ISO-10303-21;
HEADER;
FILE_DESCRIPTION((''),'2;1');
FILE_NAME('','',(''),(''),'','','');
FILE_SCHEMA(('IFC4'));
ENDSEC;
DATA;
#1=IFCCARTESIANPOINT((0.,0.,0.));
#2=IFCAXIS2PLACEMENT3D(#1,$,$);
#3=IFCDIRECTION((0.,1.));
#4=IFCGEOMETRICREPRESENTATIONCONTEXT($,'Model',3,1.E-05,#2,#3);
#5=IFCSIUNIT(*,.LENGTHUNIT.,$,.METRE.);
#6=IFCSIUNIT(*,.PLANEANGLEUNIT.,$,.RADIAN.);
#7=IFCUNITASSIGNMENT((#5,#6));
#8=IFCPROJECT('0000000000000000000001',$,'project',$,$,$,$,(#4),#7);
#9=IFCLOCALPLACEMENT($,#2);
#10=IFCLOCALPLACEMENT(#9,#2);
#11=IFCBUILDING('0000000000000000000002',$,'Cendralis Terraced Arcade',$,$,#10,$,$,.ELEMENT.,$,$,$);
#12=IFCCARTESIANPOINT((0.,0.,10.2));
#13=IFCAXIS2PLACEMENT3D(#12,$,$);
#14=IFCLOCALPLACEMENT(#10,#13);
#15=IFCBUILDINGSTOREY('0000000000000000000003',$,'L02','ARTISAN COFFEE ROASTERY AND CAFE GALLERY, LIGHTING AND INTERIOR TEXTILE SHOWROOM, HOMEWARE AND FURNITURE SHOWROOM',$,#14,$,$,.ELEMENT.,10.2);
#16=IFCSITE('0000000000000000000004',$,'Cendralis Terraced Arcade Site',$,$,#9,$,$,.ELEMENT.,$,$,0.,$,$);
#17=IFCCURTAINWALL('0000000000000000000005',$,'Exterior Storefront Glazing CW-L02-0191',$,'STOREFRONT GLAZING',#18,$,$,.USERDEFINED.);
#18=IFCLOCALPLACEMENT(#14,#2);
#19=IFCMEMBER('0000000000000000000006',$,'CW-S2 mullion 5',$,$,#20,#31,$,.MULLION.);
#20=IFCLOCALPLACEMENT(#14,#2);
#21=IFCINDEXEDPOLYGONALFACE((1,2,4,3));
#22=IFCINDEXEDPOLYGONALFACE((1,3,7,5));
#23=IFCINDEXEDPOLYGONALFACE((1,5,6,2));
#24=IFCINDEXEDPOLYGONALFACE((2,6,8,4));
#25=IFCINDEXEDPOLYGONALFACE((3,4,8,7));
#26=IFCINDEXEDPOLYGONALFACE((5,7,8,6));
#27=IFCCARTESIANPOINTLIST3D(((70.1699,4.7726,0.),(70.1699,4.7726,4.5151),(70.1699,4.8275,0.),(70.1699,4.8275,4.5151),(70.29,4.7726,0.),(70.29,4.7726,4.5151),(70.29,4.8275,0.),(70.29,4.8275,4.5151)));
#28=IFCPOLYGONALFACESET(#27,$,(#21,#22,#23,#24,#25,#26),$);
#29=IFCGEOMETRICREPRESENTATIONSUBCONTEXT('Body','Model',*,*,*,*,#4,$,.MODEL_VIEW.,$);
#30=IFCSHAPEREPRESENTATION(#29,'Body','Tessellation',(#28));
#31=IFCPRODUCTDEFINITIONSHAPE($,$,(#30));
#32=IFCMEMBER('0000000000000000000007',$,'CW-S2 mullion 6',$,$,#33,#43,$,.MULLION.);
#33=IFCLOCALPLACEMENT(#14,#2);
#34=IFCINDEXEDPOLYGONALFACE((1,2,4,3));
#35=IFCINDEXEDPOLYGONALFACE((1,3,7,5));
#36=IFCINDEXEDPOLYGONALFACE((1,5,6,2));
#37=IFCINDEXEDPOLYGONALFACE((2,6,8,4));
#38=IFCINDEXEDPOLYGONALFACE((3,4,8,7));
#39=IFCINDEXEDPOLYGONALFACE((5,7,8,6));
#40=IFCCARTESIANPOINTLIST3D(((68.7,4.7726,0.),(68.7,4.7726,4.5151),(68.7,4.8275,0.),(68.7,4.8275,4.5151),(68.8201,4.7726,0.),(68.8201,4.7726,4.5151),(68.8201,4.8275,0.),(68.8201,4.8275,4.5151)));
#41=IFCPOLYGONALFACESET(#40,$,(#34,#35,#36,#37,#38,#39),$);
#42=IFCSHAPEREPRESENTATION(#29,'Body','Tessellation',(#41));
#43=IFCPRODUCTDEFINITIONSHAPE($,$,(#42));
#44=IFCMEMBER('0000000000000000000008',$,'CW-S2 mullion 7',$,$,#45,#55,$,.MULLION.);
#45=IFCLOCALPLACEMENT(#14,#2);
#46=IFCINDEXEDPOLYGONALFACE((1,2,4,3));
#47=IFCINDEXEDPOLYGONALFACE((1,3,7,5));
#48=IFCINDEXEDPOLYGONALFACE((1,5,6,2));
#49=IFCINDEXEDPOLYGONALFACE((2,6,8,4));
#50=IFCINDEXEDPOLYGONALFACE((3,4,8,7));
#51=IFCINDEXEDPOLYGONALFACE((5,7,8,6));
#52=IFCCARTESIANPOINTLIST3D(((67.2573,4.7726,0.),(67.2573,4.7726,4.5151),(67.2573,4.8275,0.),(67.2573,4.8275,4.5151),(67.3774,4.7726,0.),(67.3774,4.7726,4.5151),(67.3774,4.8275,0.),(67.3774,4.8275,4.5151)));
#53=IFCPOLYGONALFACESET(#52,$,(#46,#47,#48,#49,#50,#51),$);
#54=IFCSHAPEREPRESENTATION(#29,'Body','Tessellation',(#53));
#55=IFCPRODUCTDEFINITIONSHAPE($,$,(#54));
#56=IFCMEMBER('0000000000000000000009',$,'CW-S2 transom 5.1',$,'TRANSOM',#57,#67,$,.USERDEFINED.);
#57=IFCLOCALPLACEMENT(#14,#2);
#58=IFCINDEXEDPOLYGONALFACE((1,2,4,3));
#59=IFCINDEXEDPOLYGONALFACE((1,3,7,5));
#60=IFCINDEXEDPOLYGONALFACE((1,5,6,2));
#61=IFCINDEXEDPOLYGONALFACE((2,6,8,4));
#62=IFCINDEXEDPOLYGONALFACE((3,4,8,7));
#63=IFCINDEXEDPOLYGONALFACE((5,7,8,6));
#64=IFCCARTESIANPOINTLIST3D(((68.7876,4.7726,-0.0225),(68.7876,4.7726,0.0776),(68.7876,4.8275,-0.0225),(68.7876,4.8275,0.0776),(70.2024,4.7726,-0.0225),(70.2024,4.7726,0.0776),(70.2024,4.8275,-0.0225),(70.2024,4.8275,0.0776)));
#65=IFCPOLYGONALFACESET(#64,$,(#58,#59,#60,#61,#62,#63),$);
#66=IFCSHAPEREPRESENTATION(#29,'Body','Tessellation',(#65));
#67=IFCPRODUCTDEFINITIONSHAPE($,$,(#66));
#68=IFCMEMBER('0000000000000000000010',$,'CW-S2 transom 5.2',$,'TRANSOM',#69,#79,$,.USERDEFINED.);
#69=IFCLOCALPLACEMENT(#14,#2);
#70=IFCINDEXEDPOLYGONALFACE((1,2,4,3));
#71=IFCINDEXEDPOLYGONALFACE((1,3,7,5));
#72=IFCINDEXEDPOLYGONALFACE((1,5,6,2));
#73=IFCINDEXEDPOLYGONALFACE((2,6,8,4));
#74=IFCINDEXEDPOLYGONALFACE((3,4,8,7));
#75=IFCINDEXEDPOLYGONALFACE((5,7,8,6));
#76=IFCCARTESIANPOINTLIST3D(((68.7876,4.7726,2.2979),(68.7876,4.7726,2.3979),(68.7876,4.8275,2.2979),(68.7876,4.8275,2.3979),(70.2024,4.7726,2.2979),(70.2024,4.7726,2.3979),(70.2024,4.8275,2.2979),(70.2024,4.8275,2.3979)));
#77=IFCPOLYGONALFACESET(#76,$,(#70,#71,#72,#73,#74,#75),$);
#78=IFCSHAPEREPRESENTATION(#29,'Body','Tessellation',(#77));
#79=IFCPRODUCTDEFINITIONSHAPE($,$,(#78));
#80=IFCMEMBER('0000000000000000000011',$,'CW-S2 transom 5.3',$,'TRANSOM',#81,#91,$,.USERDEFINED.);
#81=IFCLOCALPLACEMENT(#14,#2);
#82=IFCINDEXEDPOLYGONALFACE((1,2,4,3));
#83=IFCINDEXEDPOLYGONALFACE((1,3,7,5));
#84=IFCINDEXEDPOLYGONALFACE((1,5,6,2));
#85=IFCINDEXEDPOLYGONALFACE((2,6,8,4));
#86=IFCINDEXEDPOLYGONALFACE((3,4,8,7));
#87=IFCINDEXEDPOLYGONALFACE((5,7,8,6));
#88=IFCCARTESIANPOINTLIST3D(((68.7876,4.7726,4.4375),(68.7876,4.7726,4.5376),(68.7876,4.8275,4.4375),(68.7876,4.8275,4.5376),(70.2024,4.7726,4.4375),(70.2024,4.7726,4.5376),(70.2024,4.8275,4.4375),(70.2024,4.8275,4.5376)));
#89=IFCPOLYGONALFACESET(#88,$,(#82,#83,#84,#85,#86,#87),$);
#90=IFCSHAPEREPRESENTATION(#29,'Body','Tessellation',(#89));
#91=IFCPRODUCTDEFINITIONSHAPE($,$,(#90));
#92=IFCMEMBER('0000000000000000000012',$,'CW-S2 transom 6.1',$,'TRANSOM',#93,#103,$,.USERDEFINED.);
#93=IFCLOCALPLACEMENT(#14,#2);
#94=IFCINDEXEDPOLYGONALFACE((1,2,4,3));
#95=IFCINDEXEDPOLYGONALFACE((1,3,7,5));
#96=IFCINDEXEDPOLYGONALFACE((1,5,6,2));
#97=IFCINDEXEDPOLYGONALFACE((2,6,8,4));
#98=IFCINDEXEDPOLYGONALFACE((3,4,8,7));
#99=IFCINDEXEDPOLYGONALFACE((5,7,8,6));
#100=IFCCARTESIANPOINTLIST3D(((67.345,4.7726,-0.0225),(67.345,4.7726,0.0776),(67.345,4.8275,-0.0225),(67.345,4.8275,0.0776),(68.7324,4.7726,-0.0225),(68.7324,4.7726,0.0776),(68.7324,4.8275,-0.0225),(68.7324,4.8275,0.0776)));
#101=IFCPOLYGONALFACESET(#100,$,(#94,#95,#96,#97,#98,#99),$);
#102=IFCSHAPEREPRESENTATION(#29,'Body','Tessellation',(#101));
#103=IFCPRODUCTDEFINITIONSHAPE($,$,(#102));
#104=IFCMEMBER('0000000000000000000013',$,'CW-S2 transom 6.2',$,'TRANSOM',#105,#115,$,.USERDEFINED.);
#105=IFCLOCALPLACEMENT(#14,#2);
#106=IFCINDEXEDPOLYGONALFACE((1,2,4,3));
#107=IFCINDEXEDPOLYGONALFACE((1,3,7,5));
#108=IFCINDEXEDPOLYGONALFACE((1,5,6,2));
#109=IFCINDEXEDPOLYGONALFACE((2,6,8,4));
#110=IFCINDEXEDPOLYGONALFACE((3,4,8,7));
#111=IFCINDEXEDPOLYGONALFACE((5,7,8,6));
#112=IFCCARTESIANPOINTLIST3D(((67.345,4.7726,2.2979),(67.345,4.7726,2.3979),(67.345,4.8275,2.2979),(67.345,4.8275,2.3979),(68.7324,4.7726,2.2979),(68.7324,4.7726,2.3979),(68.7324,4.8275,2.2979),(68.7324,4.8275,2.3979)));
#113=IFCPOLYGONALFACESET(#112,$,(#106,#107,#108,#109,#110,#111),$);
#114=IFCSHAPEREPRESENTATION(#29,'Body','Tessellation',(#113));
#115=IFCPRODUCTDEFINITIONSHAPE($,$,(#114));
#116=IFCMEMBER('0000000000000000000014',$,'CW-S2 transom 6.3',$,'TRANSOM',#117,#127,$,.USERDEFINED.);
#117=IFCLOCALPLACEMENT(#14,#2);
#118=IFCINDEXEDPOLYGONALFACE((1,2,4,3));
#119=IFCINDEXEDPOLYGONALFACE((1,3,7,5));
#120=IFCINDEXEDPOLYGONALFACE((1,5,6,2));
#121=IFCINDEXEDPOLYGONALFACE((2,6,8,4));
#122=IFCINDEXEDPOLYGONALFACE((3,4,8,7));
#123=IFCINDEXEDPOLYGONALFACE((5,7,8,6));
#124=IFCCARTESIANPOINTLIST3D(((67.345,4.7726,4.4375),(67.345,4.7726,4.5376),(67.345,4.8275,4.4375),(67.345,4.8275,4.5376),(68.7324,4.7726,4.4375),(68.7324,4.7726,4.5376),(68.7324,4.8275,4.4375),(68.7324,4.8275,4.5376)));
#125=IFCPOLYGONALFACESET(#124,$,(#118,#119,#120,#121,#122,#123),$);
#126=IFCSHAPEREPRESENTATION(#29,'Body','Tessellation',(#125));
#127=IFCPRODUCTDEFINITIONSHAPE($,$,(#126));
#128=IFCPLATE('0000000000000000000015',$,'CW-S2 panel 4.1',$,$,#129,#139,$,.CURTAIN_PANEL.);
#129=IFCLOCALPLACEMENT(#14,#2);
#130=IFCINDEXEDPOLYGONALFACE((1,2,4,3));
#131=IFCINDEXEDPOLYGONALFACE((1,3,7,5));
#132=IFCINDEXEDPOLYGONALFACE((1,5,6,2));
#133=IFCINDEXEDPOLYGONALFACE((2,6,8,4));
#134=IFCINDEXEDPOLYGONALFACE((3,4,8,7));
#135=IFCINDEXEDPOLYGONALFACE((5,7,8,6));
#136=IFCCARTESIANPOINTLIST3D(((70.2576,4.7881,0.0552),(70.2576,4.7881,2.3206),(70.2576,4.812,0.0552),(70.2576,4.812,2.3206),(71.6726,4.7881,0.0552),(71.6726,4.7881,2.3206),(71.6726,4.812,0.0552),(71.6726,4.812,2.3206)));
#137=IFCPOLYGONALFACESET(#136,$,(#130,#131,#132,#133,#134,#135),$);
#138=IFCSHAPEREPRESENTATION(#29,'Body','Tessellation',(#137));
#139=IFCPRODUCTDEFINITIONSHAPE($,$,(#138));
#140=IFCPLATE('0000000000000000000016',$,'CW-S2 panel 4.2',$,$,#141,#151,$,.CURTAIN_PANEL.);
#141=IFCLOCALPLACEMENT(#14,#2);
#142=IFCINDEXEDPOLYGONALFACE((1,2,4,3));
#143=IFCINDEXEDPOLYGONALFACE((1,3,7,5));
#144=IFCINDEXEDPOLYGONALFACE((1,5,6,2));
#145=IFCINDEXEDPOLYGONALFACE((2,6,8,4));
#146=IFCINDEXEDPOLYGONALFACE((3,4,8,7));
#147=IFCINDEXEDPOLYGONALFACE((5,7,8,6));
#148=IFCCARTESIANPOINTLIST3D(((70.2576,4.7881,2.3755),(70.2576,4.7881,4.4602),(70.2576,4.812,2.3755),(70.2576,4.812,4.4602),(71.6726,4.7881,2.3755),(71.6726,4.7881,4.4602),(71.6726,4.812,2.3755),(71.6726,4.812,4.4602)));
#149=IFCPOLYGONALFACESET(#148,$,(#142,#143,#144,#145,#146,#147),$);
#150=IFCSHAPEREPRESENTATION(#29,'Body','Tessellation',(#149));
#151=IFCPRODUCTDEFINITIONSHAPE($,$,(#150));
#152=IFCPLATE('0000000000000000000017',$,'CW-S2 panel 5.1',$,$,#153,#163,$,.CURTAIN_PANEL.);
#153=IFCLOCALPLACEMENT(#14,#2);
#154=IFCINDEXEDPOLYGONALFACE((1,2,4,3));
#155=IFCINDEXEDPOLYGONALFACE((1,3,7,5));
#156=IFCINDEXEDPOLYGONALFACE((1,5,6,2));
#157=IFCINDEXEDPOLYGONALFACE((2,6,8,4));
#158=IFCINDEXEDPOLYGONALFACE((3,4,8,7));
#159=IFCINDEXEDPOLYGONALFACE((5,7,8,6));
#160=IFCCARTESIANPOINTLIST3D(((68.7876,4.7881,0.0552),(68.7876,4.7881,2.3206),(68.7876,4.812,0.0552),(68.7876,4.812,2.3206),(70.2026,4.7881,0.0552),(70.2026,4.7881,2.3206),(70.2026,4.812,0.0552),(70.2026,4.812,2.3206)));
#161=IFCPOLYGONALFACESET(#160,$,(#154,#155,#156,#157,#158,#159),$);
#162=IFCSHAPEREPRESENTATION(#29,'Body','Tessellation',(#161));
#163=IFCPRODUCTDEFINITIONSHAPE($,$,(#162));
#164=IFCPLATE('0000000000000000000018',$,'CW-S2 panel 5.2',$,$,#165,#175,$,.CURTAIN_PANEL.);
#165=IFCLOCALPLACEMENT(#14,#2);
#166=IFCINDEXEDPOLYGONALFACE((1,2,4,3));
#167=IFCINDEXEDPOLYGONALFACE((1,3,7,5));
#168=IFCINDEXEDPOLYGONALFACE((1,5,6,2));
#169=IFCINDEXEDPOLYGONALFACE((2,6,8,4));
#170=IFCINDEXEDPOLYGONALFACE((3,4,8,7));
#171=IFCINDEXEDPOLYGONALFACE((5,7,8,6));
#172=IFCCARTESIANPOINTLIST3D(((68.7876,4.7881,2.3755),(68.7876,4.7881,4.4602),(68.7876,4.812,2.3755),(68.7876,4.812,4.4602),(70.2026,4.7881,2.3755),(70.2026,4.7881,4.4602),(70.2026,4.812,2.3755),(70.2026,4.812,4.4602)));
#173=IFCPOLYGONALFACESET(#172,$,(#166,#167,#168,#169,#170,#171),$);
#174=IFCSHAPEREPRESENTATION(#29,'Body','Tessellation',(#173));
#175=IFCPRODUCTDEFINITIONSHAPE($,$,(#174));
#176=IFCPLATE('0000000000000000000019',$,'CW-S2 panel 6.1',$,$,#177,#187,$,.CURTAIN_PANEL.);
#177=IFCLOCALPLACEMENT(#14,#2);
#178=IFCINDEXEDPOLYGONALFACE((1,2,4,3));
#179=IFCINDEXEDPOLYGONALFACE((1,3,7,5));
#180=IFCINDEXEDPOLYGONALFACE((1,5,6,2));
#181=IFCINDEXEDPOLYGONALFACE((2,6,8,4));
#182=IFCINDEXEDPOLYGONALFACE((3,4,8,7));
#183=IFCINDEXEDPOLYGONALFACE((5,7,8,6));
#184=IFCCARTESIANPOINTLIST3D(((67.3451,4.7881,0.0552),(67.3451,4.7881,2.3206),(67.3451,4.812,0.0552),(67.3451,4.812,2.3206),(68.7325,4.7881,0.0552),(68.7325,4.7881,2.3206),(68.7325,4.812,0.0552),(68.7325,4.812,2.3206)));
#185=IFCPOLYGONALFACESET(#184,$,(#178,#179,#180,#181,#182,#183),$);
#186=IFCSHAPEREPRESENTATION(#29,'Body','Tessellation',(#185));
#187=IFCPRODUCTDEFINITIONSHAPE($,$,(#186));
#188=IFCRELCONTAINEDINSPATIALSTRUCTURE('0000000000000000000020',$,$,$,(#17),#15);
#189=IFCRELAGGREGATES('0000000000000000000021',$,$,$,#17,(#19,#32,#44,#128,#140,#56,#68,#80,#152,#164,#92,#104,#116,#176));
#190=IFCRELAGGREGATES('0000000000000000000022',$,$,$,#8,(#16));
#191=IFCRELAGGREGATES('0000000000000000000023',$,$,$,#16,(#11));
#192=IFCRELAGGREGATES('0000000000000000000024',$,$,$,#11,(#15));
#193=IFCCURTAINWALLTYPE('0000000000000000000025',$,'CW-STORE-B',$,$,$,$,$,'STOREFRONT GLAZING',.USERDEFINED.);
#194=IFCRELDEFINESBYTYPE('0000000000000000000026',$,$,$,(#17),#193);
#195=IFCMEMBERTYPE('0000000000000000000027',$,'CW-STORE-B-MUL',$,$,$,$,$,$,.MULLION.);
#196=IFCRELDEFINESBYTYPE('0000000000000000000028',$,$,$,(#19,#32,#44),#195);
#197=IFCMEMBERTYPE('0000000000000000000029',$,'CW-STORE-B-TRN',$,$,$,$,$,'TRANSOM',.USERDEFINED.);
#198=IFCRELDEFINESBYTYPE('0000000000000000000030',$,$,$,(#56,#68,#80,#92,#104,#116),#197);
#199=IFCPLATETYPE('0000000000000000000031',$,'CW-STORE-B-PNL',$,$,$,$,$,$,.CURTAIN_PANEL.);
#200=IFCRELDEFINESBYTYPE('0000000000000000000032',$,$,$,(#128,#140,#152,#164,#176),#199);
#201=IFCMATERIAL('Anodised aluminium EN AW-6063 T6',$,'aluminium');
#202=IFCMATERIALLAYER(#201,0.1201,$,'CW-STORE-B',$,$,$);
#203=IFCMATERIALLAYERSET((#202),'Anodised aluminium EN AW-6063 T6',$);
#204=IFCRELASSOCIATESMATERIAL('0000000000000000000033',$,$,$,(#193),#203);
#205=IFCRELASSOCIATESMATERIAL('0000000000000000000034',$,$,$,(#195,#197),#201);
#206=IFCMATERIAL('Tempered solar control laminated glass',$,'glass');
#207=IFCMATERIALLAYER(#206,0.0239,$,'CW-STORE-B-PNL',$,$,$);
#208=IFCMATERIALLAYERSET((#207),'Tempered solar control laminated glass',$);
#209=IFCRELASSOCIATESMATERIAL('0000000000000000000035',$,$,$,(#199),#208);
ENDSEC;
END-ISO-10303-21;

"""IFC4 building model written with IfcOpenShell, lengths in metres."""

from ifc_helpers import new_model, si_unit, direction, frame, origin, origin_2d, place, context, subcontext, project, spatial, rectangle, extrude, material, layer, layer_set, material_profile, profile_set, type_object, element, aggregate, save


model = new_model("IFC4")

# Units and contexts
model_context = context("Model", 3, precision=1e-05, world=origin(), true_north=direction((0.0, 1.0)))
body_context = subcontext(model_context, "Body", "Model", "MODEL_VIEW")
ifc_project = project(units=[si_unit("LENGTHUNIT", "METRE"), si_unit("PLANEANGLEUNIT", "RADIAN")], contexts=[model_context])

# Site, building, storey
site_placement = place(None, origin())
site = spatial("IfcSite", under=ifc_project, at=site_placement, Name="Cendralis Terraced Arcade Site", CompositionType="ELEMENT", RefElevation=0.0)
building_placement = place(site_placement, origin())
building = spatial("IfcBuilding", under=site, at=building_placement, Name="Cendralis Terraced Arcade", CompositionType="ELEMENT")
storey_placement = place(building_placement, frame((0.0, 0.0, 10.2)))
storey = spatial("IfcBuildingStorey", under=building, at=storey_placement, Name="L02", Description="ARTISAN COFFEE ROASTERY AND CAFE GALLERY, LIGHTING AND INTERIOR TEXTILE SHOWROOM, HOMEWARE AND FURNITURE SHOWROOM", CompositionType="ELEMENT", Elevation=10.2)

# Curtain wall, members, plates
ifc_material_1 = material(Name="Anodised aluminium EN AW-6063 T6", Category="aluminium")
ifc_layer_1 = layer(ifc_material_1, 0.1201, Name="CW-STORE-B")
ifc_layer_set_1 = layer_set([ifc_layer_1], Name="Anodised aluminium EN AW-6063 T6")
curtain_wall_type = type_object("IfcCurtainWallType", Name="CW-STORE-B", ElementType="STOREFRONT GLAZING", PredefinedType="USERDEFINED", material=ifc_layer_set_1)
curtain_wall_placement = place(storey_placement, origin())
curtain_wall = element("IfcCurtainWall", 1, at=curtain_wall_placement, inside=storey, type_object=curtain_wall_type, Name="Exterior Storefront Glazing CW-L02-0191", ObjectType="STOREFRONT GLAZING", PredefinedType="USERDEFINED")
ifc_material_profile_1 = material_profile(ifc_material_1, rectangle(XDim=0.0549, YDim=0.1201, at=origin_2d()), Name="ALU-MUL-55x120")
ifc_profile_set_1 = profile_set([ifc_material_profile_1], Name="Anodised aluminium EN AW-6063 T6")
member_type_1 = type_object("IfcMemberType", Name="CW-STORE-B-MUL", PredefinedType="MULLION", material=ifc_profile_set_1)
member_1_placement = place(storey_placement, frame((70.23, 4.8, 0.0), z_axis=(0.0, 0.0, 1.0), x_axis=(0.0, -1.0, 0.0)))
member_1 = element("IfcMember", 2, at=member_1_placement, type_object=member_type_1, Name="CW-S2 mullion 5", PredefinedType="MULLION", context=body_context, shape_type="SweptSolid", body=[
    extrude(rectangle(XDim=0.0549, YDim=0.1201, at=origin_2d()), origin(), (0.0, 0.0, 1.0), 4.5151),
])
member_2_placement = place(storey_placement, frame((68.76, 4.8, 0.0), z_axis=(0.0, 0.0, 1.0), x_axis=(0.0, -1.0, 0.0)))
member_2 = element("IfcMember", 3, at=member_2_placement, type_object=member_type_1, Name="CW-S2 mullion 6", PredefinedType="MULLION", context=body_context, shape_type="SweptSolid", body=[
    extrude(rectangle(XDim=0.0549, YDim=0.1201, at=origin_2d()), origin(), (0.0, 0.0, 1.0), 4.5151),
])
member_3_placement = place(storey_placement, frame((67.3174, 4.8, 0.0), z_axis=(0.0, 0.0, 1.0), x_axis=(0.0, -1.0, 0.0)))
member_3 = element("IfcMember", 4, at=member_3_placement, type_object=member_type_1, Name="CW-S2 mullion 7", PredefinedType="MULLION", context=body_context, shape_type="SweptSolid", body=[
    extrude(rectangle(XDim=0.0549, YDim=0.1201, at=origin_2d()), origin(), (0.0, 0.0, 1.0), 4.5151),
])
ifc_material_profile_2 = material_profile(ifc_material_1, rectangle(XDim=0.0549, YDim=0.1001, at=origin_2d()), Name="ALU-TRN-55x100")
ifc_profile_set_2 = profile_set([ifc_material_profile_2], Name="Anodised aluminium EN AW-6063 T6")
member_type_2 = type_object("IfcMemberType", Name="CW-STORE-B-TRN", ElementType="TRANSOM", PredefinedType="USERDEFINED", material=ifc_profile_set_2)
member_4_placement = place(storey_placement, frame((70.2024, 4.8, 0.0276), z_axis=(-1.0, 0.0, 0.0), x_axis=(0.0, -1.0, 0.0)))
member_4 = element("IfcMember", 5, at=member_4_placement, type_object=member_type_2, Name="CW-S2 transom 5.1", ObjectType="TRANSOM", PredefinedType="USERDEFINED", context=body_context, shape_type="SweptSolid", body=[
    extrude(rectangle(XDim=0.0549, YDim=0.1001, at=origin_2d()), origin(), (0.0, 0.0, 1.0), 1.4148),
])
member_5_placement = place(storey_placement, frame((70.2024, 4.8, 2.3479), z_axis=(-1.0, 0.0, 0.0), x_axis=(0.0, -1.0, 0.0)))
member_5 = element("IfcMember", 6, at=member_5_placement, type_object=member_type_2, Name="CW-S2 transom 5.2", ObjectType="TRANSOM", PredefinedType="USERDEFINED", context=body_context, shape_type="SweptSolid", body=[
    extrude(rectangle(XDim=0.0549, YDim=0.1001, at=origin_2d()), origin(), (0.0, 0.0, 1.0), 1.4148),
])
member_6_placement = place(storey_placement, frame((70.2024, 4.8, 4.4875), z_axis=(-1.0, 0.0, 0.0), x_axis=(0.0, -1.0, 0.0)))
member_6 = element("IfcMember", 7, at=member_6_placement, type_object=member_type_2, Name="CW-S2 transom 5.3", ObjectType="TRANSOM", PredefinedType="USERDEFINED", context=body_context, shape_type="SweptSolid", body=[
    extrude(rectangle(XDim=0.0549, YDim=0.1001, at=origin_2d()), origin(), (0.0, 0.0, 1.0), 1.4148),
])
member_7_placement = place(storey_placement, frame((68.7324, 4.8, 0.0276), z_axis=(-1.0, 0.0, 0.0), x_axis=(0.0, -1.0, 0.0)))
member_7 = element("IfcMember", 8, at=member_7_placement, type_object=member_type_2, Name="CW-S2 transom 6.1", ObjectType="TRANSOM", PredefinedType="USERDEFINED", context=body_context, shape_type="SweptSolid", body=[
    extrude(rectangle(XDim=0.0549, YDim=0.1001, at=origin_2d()), origin(), (0.0, 0.0, 1.0), 1.3875),
])
member_8_placement = place(storey_placement, frame((68.7324, 4.8, 2.3479), z_axis=(-1.0, 0.0, 0.0), x_axis=(0.0, -1.0, 0.0)))
member_8 = element("IfcMember", 9, at=member_8_placement, type_object=member_type_2, Name="CW-S2 transom 6.2", ObjectType="TRANSOM", PredefinedType="USERDEFINED", context=body_context, shape_type="SweptSolid", body=[
    extrude(rectangle(XDim=0.0549, YDim=0.1001, at=origin_2d()), origin(), (0.0, 0.0, 1.0), 1.3875),
])
member_9_placement = place(storey_placement, frame((68.7324, 4.8, 4.4875), z_axis=(-1.0, 0.0, 0.0), x_axis=(0.0, -1.0, 0.0)))
member_9 = element("IfcMember", 10, at=member_9_placement, type_object=member_type_2, Name="CW-S2 transom 6.3", ObjectType="TRANSOM", PredefinedType="USERDEFINED", context=body_context, shape_type="SweptSolid", body=[
    extrude(rectangle(XDim=0.0549, YDim=0.1001, at=origin_2d()), origin(), (0.0, 0.0, 1.0), 1.3875),
])
ifc_material_2 = material(Name="Tempered solar control laminated glass", Category="glass")
ifc_layer_2 = layer(ifc_material_2, 0.0239, Name="CW-STORE-B-PNL")
ifc_layer_set_2 = layer_set([ifc_layer_2], Name="Tempered solar control laminated glass")
plate_type = type_object("IfcPlateType", Name="CW-STORE-B-PNL", PredefinedType="CURTAIN_PANEL", material=ifc_layer_set_2)
plate_1_placement = place(storey_placement, frame((70.9651, 4.8, 0.0552), z_axis=(0.0, 0.0, 1.0), x_axis=(-1.0, 0.0, 0.0)))
plate_1 = element("IfcPlate", 11, at=plate_1_placement, type_object=plate_type, Name="CW-S2 panel 4.1", PredefinedType="CURTAIN_PANEL", context=body_context, shape_type="SweptSolid", body=[
    extrude(rectangle(XDim=1.415, YDim=0.0239, at=origin_2d()), origin(), (0.0, 0.0, 1.0), 2.2654),
])
plate_2_placement = place(storey_placement, frame((70.9651, 4.8, 2.3755), z_axis=(0.0, 0.0, 1.0), x_axis=(-1.0, 0.0, 0.0)))
plate_2 = element("IfcPlate", 12, at=plate_2_placement, type_object=plate_type, Name="CW-S2 panel 4.2", PredefinedType="CURTAIN_PANEL", context=body_context, shape_type="SweptSolid", body=[
    extrude(rectangle(XDim=1.415, YDim=0.0239, at=origin_2d()), origin(), (0.0, 0.0, 1.0), 2.0847),
])
plate_3_placement = place(storey_placement, frame((69.4951, 4.8, 0.0552), z_axis=(0.0, 0.0, 1.0), x_axis=(-1.0, 0.0, 0.0)))
plate_3 = element("IfcPlate", 13, at=plate_3_placement, type_object=plate_type, Name="CW-S2 panel 5.1", PredefinedType="CURTAIN_PANEL", context=body_context, shape_type="SweptSolid", body=[
    extrude(rectangle(XDim=1.415, YDim=0.0239, at=origin_2d()), origin(), (0.0, 0.0, 1.0), 2.2654),
])
plate_4_placement = place(storey_placement, frame((69.4951, 4.8, 2.3755), z_axis=(0.0, 0.0, 1.0), x_axis=(-1.0, 0.0, 0.0)))
plate_4 = element("IfcPlate", 14, at=plate_4_placement, type_object=plate_type, Name="CW-S2 panel 5.2", PredefinedType="CURTAIN_PANEL", context=body_context, shape_type="SweptSolid", body=[
    extrude(rectangle(XDim=1.415, YDim=0.0239, at=origin_2d()), origin(), (0.0, 0.0, 1.0), 2.0847),
])
plate_5_placement = place(storey_placement, frame((68.0388, 4.8, 0.0552), z_axis=(0.0, 0.0, 1.0), x_axis=(-1.0, 0.0, 0.0)))
plate_5 = element("IfcPlate", 15, at=plate_5_placement, type_object=plate_type, Name="CW-S2 panel 6.1", PredefinedType="CURTAIN_PANEL", context=body_context, shape_type="SweptSolid", body=[
    extrude(rectangle(XDim=1.3875, YDim=0.0239, at=origin_2d()), origin(), (0.0, 0.0, 1.0), 2.2654),
])
aggregate(curtain_wall, [member_1, member_2, member_3, plate_1, plate_2, member_4, member_5, member_6, plate_3, plate_4, member_7, member_8, member_9, plate_5])

save(model, "model.ifc")
